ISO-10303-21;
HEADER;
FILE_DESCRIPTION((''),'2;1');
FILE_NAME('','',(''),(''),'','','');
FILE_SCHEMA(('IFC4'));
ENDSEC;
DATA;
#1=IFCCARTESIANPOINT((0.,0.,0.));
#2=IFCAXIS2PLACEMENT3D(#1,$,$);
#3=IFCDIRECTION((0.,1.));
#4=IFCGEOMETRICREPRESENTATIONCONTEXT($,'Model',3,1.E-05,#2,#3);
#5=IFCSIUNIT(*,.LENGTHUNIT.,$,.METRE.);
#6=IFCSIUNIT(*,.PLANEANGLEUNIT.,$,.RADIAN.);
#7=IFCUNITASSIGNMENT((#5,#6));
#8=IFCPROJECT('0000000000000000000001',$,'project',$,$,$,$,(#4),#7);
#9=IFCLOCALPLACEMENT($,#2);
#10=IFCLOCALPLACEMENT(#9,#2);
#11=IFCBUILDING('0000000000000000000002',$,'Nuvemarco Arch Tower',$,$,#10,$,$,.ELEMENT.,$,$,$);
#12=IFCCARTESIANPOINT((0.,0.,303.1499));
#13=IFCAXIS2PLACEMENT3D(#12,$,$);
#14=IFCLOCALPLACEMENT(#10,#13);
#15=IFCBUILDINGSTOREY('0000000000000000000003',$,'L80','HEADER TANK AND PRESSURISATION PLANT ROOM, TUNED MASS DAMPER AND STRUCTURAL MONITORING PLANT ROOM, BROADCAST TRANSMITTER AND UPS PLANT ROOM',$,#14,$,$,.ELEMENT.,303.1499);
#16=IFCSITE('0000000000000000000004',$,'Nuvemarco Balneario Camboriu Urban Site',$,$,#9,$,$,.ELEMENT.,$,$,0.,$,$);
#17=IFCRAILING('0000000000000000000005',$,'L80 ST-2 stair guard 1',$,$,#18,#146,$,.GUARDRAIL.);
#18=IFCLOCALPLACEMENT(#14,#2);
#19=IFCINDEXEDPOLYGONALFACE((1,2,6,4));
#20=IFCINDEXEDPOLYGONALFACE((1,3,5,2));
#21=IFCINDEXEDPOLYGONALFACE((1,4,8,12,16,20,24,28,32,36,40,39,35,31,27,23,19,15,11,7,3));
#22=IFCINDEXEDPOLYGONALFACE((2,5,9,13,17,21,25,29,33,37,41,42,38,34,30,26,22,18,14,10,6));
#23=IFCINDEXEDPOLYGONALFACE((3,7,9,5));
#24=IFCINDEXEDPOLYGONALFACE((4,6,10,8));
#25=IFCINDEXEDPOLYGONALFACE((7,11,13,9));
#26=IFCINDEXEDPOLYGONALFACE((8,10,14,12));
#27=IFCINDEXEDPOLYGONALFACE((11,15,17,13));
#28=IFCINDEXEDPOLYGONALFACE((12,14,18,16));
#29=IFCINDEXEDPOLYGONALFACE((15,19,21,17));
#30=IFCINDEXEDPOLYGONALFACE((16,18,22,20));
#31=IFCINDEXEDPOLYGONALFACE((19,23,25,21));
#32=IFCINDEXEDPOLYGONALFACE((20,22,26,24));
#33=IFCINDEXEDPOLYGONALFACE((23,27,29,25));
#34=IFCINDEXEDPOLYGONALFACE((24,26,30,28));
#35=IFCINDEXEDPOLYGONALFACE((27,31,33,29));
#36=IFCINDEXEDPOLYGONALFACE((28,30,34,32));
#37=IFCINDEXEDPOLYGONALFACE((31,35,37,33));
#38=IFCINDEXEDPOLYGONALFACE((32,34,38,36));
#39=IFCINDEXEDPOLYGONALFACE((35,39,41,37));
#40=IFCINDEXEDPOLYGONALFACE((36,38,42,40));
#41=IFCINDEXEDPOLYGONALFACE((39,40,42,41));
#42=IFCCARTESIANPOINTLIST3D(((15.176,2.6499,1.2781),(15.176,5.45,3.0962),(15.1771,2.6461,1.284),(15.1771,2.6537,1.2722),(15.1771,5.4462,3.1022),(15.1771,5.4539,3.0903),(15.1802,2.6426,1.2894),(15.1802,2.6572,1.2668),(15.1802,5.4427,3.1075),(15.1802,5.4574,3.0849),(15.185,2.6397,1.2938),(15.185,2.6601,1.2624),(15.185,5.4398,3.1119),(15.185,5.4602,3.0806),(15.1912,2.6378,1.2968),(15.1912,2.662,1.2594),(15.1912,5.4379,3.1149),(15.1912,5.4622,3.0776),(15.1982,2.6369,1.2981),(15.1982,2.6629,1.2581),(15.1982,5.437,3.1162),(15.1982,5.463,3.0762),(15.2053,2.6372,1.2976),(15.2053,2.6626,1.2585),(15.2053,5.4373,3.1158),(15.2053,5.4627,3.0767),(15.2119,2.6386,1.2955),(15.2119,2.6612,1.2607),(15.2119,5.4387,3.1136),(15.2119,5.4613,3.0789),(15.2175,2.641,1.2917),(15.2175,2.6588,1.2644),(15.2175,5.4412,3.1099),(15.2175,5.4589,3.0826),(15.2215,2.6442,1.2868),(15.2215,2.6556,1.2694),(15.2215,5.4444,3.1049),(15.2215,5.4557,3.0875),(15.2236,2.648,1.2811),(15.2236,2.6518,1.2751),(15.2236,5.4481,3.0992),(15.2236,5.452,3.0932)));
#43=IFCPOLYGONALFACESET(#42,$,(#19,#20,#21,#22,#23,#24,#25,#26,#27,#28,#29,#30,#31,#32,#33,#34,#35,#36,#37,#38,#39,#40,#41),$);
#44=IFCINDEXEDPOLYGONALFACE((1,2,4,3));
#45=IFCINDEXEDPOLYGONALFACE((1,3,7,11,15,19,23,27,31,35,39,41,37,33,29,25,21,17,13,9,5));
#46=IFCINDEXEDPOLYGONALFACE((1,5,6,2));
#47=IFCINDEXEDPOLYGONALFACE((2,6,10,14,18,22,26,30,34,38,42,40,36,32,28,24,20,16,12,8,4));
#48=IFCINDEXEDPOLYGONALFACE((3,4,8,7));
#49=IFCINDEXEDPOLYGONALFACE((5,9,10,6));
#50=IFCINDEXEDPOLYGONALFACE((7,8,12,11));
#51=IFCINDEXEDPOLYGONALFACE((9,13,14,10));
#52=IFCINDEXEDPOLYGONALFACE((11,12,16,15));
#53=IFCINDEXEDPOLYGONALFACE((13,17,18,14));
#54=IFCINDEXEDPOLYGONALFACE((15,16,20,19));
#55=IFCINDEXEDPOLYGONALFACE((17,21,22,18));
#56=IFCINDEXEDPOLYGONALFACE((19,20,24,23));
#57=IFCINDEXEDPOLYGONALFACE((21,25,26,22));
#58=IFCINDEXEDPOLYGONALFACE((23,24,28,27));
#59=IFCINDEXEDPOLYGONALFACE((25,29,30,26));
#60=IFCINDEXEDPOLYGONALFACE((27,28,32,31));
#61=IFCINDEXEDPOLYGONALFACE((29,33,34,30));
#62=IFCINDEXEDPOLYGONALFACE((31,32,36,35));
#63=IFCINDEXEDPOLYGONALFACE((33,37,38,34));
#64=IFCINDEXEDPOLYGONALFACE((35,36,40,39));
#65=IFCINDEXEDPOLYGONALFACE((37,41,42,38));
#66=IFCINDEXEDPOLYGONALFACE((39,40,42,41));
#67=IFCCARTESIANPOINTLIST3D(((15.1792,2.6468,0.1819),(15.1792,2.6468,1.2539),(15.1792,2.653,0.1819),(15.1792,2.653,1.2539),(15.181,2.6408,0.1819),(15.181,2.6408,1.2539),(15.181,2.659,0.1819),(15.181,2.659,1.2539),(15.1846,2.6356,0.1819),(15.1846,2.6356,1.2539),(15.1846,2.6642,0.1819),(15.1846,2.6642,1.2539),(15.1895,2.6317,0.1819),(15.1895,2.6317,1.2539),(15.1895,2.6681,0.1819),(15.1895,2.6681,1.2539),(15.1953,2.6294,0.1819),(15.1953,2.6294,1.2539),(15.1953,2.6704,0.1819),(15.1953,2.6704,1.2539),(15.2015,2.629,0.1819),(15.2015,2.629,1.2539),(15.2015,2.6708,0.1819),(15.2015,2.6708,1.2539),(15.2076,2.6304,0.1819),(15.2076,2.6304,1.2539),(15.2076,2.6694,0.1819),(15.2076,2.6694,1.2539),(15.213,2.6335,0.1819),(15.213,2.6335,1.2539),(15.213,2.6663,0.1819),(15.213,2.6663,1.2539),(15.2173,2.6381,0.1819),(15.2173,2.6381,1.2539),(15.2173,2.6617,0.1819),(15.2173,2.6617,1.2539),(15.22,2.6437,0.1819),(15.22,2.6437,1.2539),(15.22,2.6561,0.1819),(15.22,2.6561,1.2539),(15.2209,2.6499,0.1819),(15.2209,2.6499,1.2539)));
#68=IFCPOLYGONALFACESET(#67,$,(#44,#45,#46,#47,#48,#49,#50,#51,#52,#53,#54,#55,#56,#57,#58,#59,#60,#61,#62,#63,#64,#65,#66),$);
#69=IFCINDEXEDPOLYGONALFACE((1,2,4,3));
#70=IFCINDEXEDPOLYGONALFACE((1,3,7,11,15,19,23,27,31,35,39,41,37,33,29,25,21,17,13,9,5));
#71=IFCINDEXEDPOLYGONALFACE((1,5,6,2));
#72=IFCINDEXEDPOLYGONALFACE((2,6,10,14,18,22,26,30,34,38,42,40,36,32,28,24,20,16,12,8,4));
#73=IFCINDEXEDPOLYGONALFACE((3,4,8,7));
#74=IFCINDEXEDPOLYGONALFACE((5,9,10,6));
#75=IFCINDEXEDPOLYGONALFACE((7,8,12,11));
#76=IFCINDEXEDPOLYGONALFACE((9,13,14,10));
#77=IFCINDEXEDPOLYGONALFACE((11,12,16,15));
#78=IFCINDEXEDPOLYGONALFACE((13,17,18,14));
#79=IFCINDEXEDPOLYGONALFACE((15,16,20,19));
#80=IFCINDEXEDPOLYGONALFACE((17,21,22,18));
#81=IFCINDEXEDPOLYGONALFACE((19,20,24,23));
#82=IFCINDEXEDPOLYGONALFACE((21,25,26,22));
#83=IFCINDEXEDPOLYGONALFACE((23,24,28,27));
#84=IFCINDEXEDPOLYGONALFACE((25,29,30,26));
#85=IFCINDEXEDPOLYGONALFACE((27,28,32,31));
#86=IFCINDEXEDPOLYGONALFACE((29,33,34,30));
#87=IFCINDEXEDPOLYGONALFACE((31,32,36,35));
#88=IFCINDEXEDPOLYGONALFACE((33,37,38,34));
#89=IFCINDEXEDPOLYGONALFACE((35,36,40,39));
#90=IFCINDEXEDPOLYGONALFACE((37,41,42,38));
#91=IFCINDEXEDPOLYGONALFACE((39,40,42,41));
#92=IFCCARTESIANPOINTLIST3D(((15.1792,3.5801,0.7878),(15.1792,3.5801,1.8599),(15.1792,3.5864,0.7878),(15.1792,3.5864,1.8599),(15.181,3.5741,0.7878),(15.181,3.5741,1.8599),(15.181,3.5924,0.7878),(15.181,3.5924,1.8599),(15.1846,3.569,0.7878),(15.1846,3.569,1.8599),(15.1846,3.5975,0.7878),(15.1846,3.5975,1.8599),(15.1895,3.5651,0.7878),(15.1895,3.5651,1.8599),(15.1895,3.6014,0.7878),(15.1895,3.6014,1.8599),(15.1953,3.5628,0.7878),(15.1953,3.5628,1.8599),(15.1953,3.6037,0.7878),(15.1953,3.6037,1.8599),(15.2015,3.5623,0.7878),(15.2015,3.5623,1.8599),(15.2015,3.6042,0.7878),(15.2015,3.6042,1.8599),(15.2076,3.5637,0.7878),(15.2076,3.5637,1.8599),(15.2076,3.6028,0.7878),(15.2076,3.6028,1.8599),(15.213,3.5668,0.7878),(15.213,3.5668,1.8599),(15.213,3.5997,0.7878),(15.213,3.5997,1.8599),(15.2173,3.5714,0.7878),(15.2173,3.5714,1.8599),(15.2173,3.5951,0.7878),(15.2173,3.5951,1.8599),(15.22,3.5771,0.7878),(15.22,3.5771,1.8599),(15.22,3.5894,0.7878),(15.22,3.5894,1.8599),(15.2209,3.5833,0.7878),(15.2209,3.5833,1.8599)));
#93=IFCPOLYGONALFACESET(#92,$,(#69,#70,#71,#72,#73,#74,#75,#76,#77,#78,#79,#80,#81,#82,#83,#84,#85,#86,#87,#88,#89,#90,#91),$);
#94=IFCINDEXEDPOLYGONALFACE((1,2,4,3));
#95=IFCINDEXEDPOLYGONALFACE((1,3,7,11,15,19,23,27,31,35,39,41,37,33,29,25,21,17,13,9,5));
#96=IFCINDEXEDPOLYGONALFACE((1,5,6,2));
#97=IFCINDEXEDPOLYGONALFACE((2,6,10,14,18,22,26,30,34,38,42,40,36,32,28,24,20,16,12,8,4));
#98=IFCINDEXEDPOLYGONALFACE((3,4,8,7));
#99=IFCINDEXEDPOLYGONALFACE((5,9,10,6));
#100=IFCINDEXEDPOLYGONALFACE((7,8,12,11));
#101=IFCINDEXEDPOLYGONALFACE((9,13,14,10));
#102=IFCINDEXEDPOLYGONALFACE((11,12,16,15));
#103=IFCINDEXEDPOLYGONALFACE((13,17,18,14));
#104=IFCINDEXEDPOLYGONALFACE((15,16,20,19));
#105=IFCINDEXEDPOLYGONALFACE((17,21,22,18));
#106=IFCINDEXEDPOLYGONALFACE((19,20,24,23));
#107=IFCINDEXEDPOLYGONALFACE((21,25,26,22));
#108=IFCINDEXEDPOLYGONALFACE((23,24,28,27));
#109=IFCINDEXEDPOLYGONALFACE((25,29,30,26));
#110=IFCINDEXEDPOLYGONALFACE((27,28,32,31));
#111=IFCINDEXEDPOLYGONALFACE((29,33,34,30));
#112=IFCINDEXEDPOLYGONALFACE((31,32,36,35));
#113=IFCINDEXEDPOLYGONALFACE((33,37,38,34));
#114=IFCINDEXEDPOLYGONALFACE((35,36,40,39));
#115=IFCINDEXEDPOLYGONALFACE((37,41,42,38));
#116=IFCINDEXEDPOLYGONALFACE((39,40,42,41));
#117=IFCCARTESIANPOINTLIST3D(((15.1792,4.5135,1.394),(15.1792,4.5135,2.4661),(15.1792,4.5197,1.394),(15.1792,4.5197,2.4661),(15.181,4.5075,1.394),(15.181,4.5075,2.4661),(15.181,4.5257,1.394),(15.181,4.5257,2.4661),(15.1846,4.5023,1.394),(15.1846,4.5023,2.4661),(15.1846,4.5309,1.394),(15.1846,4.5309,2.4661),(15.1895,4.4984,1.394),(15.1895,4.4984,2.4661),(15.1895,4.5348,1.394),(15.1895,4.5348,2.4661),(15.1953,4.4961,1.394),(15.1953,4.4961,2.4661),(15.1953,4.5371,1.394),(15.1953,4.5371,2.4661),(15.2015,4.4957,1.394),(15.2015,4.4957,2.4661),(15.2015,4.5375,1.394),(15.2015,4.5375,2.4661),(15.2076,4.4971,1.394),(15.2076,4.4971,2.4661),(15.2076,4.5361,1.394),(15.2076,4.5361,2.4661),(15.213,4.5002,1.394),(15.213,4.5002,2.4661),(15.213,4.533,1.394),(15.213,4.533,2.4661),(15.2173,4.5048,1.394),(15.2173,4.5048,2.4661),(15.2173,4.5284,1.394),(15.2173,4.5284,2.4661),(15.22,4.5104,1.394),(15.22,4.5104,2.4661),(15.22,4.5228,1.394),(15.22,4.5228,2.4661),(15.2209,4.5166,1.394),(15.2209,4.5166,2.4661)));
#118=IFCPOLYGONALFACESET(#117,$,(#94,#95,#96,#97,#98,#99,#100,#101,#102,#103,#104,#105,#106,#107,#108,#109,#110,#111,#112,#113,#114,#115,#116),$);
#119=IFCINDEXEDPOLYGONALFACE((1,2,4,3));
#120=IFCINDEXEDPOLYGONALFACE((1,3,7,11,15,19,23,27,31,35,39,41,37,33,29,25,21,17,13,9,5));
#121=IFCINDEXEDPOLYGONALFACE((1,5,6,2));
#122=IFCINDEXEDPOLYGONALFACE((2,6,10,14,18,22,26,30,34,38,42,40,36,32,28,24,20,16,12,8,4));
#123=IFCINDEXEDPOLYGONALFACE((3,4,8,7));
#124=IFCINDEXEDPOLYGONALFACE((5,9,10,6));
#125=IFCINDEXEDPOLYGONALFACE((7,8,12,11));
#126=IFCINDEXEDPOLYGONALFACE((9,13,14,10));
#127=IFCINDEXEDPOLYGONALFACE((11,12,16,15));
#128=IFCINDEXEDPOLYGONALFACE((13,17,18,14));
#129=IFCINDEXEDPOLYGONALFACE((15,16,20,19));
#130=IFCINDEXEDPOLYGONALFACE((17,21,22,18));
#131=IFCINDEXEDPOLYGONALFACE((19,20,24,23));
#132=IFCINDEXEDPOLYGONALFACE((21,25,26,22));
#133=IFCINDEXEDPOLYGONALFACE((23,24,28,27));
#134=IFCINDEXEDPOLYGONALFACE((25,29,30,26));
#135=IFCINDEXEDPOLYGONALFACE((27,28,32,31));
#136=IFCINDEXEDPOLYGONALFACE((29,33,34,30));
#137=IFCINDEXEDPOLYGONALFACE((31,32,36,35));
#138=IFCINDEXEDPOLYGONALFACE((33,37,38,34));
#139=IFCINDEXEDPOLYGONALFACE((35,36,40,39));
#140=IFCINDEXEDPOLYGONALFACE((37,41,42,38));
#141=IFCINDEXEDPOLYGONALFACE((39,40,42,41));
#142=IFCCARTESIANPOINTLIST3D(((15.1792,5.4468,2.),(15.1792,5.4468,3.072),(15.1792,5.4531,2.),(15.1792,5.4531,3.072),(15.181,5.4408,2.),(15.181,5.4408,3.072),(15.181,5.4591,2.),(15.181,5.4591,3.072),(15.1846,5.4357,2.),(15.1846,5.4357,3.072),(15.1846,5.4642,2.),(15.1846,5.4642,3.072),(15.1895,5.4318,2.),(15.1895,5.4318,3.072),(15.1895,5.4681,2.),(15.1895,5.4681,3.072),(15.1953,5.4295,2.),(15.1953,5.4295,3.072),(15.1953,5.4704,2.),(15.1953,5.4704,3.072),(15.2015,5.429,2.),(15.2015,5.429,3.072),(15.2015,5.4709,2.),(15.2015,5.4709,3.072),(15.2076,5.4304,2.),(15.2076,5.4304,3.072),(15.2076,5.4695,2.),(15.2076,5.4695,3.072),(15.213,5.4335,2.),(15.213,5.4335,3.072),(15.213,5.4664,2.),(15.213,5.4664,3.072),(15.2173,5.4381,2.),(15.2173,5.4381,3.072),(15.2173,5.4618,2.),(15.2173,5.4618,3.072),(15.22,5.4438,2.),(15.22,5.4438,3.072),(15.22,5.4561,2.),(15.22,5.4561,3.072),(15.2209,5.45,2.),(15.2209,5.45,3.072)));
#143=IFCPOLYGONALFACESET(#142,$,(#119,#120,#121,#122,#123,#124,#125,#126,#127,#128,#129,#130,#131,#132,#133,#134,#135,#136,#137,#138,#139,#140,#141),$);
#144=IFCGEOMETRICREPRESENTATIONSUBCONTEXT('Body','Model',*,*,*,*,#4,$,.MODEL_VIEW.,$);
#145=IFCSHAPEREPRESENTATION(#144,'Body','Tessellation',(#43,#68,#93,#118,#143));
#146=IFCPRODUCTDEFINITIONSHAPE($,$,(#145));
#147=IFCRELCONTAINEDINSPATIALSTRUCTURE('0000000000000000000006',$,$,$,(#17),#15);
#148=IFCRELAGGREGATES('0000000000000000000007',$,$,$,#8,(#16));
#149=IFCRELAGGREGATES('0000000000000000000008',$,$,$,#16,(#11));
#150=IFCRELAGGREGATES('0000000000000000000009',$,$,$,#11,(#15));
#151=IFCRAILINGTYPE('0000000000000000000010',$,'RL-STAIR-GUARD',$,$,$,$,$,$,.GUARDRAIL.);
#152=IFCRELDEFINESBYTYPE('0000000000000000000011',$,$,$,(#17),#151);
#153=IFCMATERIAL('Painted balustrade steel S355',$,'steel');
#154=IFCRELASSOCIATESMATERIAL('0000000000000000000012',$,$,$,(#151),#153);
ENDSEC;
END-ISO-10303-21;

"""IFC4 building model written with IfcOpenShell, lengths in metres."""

from ifc_helpers import new_model, si_unit, direction, frame, origin, origin_2d, place, context, subcontext, project, spatial, circle, extrude, material, type_object, element, save


model = new_model("IFC4")

# Units and contexts
model_context = context("Model", 3, precision=1e-05, world=origin(), true_north=direction((0.0, 1.0)))
body_context = subcontext(model_context, "Body", "Model", "MODEL_VIEW")
ifc_project = project(units=[si_unit("LENGTHUNIT", "METRE"), si_unit("PLANEANGLEUNIT", "RADIAN")], contexts=[model_context])

# Site, building, storey
site_placement = place(None, origin())
site = spatial("IfcSite", under=ifc_project, at=site_placement, Name="Nuvemarco Balneario Camboriu Urban Site", CompositionType="ELEMENT", RefElevation=0.0)
building_placement = place(site_placement, origin())
building = spatial("IfcBuilding", under=site, at=building_placement, Name="Nuvemarco Arch Tower", CompositionType="ELEMENT")
storey_placement = place(building_placement, frame((0.0, 0.0, 303.1499)))
storey = spatial("IfcBuildingStorey", under=building, at=storey_placement, Name="L80", Description="HEADER TANK AND PRESSURISATION PLANT ROOM, TUNED MASS DAMPER AND STRUCTURAL MONITORING PLANT ROOM, BROADCAST TRANSMITTER AND UPS PLANT ROOM", CompositionType="ELEMENT", Elevation=303.1499)

# Railing
ifc_material_1 = material(Name="Painted balustrade steel S355", Category="steel")
railing_type_1 = type_object("IfcRailingType", Name="RL-STAIR-GUARD", PredefinedType="GUARDRAIL", material=ifc_material_1)
railing_1_placement = place(storey_placement, frame((15.2, 2.6499, 0.1819)))
element("IfcRailing", 1, at=railing_1_placement, inside=storey, type_object=railing_type_1, Name="L80 ST-2 stair guard 1", PredefinedType="GUARDRAIL", context=body_context, shape_type="SweptSolid", body=[
    extrude(circle(Radius=0.0239, at=origin_2d()), frame((0.0, 0.0, 1.0962), z_axis=(0.0, 0.838706, 0.544585), x_axis=(-1.0, 0.0, 0.0)), (0.0, 0.0, 1.0), 3.3386),
    extrude(circle(Radius=0.021, at=origin_2d()), origin(), (0.0, 0.0, 1.0), 1.072),
    extrude(circle(Radius=0.021, at=origin_2d()), frame((0.0, 0.9333, 0.606)), (0.0, 0.0, 1.0), 1.072),
    extrude(circle(Radius=0.021, at=origin_2d()), frame((0.0, 1.8667, 1.2122)), (0.0, 0.0, 1.0), 1.072),
    extrude(circle(Radius=0.021, at=origin_2d()), frame((0.0, 2.8, 1.8181)), (0.0, 0.0, 1.0), 1.072),
])

save(model, "model.ifc")
